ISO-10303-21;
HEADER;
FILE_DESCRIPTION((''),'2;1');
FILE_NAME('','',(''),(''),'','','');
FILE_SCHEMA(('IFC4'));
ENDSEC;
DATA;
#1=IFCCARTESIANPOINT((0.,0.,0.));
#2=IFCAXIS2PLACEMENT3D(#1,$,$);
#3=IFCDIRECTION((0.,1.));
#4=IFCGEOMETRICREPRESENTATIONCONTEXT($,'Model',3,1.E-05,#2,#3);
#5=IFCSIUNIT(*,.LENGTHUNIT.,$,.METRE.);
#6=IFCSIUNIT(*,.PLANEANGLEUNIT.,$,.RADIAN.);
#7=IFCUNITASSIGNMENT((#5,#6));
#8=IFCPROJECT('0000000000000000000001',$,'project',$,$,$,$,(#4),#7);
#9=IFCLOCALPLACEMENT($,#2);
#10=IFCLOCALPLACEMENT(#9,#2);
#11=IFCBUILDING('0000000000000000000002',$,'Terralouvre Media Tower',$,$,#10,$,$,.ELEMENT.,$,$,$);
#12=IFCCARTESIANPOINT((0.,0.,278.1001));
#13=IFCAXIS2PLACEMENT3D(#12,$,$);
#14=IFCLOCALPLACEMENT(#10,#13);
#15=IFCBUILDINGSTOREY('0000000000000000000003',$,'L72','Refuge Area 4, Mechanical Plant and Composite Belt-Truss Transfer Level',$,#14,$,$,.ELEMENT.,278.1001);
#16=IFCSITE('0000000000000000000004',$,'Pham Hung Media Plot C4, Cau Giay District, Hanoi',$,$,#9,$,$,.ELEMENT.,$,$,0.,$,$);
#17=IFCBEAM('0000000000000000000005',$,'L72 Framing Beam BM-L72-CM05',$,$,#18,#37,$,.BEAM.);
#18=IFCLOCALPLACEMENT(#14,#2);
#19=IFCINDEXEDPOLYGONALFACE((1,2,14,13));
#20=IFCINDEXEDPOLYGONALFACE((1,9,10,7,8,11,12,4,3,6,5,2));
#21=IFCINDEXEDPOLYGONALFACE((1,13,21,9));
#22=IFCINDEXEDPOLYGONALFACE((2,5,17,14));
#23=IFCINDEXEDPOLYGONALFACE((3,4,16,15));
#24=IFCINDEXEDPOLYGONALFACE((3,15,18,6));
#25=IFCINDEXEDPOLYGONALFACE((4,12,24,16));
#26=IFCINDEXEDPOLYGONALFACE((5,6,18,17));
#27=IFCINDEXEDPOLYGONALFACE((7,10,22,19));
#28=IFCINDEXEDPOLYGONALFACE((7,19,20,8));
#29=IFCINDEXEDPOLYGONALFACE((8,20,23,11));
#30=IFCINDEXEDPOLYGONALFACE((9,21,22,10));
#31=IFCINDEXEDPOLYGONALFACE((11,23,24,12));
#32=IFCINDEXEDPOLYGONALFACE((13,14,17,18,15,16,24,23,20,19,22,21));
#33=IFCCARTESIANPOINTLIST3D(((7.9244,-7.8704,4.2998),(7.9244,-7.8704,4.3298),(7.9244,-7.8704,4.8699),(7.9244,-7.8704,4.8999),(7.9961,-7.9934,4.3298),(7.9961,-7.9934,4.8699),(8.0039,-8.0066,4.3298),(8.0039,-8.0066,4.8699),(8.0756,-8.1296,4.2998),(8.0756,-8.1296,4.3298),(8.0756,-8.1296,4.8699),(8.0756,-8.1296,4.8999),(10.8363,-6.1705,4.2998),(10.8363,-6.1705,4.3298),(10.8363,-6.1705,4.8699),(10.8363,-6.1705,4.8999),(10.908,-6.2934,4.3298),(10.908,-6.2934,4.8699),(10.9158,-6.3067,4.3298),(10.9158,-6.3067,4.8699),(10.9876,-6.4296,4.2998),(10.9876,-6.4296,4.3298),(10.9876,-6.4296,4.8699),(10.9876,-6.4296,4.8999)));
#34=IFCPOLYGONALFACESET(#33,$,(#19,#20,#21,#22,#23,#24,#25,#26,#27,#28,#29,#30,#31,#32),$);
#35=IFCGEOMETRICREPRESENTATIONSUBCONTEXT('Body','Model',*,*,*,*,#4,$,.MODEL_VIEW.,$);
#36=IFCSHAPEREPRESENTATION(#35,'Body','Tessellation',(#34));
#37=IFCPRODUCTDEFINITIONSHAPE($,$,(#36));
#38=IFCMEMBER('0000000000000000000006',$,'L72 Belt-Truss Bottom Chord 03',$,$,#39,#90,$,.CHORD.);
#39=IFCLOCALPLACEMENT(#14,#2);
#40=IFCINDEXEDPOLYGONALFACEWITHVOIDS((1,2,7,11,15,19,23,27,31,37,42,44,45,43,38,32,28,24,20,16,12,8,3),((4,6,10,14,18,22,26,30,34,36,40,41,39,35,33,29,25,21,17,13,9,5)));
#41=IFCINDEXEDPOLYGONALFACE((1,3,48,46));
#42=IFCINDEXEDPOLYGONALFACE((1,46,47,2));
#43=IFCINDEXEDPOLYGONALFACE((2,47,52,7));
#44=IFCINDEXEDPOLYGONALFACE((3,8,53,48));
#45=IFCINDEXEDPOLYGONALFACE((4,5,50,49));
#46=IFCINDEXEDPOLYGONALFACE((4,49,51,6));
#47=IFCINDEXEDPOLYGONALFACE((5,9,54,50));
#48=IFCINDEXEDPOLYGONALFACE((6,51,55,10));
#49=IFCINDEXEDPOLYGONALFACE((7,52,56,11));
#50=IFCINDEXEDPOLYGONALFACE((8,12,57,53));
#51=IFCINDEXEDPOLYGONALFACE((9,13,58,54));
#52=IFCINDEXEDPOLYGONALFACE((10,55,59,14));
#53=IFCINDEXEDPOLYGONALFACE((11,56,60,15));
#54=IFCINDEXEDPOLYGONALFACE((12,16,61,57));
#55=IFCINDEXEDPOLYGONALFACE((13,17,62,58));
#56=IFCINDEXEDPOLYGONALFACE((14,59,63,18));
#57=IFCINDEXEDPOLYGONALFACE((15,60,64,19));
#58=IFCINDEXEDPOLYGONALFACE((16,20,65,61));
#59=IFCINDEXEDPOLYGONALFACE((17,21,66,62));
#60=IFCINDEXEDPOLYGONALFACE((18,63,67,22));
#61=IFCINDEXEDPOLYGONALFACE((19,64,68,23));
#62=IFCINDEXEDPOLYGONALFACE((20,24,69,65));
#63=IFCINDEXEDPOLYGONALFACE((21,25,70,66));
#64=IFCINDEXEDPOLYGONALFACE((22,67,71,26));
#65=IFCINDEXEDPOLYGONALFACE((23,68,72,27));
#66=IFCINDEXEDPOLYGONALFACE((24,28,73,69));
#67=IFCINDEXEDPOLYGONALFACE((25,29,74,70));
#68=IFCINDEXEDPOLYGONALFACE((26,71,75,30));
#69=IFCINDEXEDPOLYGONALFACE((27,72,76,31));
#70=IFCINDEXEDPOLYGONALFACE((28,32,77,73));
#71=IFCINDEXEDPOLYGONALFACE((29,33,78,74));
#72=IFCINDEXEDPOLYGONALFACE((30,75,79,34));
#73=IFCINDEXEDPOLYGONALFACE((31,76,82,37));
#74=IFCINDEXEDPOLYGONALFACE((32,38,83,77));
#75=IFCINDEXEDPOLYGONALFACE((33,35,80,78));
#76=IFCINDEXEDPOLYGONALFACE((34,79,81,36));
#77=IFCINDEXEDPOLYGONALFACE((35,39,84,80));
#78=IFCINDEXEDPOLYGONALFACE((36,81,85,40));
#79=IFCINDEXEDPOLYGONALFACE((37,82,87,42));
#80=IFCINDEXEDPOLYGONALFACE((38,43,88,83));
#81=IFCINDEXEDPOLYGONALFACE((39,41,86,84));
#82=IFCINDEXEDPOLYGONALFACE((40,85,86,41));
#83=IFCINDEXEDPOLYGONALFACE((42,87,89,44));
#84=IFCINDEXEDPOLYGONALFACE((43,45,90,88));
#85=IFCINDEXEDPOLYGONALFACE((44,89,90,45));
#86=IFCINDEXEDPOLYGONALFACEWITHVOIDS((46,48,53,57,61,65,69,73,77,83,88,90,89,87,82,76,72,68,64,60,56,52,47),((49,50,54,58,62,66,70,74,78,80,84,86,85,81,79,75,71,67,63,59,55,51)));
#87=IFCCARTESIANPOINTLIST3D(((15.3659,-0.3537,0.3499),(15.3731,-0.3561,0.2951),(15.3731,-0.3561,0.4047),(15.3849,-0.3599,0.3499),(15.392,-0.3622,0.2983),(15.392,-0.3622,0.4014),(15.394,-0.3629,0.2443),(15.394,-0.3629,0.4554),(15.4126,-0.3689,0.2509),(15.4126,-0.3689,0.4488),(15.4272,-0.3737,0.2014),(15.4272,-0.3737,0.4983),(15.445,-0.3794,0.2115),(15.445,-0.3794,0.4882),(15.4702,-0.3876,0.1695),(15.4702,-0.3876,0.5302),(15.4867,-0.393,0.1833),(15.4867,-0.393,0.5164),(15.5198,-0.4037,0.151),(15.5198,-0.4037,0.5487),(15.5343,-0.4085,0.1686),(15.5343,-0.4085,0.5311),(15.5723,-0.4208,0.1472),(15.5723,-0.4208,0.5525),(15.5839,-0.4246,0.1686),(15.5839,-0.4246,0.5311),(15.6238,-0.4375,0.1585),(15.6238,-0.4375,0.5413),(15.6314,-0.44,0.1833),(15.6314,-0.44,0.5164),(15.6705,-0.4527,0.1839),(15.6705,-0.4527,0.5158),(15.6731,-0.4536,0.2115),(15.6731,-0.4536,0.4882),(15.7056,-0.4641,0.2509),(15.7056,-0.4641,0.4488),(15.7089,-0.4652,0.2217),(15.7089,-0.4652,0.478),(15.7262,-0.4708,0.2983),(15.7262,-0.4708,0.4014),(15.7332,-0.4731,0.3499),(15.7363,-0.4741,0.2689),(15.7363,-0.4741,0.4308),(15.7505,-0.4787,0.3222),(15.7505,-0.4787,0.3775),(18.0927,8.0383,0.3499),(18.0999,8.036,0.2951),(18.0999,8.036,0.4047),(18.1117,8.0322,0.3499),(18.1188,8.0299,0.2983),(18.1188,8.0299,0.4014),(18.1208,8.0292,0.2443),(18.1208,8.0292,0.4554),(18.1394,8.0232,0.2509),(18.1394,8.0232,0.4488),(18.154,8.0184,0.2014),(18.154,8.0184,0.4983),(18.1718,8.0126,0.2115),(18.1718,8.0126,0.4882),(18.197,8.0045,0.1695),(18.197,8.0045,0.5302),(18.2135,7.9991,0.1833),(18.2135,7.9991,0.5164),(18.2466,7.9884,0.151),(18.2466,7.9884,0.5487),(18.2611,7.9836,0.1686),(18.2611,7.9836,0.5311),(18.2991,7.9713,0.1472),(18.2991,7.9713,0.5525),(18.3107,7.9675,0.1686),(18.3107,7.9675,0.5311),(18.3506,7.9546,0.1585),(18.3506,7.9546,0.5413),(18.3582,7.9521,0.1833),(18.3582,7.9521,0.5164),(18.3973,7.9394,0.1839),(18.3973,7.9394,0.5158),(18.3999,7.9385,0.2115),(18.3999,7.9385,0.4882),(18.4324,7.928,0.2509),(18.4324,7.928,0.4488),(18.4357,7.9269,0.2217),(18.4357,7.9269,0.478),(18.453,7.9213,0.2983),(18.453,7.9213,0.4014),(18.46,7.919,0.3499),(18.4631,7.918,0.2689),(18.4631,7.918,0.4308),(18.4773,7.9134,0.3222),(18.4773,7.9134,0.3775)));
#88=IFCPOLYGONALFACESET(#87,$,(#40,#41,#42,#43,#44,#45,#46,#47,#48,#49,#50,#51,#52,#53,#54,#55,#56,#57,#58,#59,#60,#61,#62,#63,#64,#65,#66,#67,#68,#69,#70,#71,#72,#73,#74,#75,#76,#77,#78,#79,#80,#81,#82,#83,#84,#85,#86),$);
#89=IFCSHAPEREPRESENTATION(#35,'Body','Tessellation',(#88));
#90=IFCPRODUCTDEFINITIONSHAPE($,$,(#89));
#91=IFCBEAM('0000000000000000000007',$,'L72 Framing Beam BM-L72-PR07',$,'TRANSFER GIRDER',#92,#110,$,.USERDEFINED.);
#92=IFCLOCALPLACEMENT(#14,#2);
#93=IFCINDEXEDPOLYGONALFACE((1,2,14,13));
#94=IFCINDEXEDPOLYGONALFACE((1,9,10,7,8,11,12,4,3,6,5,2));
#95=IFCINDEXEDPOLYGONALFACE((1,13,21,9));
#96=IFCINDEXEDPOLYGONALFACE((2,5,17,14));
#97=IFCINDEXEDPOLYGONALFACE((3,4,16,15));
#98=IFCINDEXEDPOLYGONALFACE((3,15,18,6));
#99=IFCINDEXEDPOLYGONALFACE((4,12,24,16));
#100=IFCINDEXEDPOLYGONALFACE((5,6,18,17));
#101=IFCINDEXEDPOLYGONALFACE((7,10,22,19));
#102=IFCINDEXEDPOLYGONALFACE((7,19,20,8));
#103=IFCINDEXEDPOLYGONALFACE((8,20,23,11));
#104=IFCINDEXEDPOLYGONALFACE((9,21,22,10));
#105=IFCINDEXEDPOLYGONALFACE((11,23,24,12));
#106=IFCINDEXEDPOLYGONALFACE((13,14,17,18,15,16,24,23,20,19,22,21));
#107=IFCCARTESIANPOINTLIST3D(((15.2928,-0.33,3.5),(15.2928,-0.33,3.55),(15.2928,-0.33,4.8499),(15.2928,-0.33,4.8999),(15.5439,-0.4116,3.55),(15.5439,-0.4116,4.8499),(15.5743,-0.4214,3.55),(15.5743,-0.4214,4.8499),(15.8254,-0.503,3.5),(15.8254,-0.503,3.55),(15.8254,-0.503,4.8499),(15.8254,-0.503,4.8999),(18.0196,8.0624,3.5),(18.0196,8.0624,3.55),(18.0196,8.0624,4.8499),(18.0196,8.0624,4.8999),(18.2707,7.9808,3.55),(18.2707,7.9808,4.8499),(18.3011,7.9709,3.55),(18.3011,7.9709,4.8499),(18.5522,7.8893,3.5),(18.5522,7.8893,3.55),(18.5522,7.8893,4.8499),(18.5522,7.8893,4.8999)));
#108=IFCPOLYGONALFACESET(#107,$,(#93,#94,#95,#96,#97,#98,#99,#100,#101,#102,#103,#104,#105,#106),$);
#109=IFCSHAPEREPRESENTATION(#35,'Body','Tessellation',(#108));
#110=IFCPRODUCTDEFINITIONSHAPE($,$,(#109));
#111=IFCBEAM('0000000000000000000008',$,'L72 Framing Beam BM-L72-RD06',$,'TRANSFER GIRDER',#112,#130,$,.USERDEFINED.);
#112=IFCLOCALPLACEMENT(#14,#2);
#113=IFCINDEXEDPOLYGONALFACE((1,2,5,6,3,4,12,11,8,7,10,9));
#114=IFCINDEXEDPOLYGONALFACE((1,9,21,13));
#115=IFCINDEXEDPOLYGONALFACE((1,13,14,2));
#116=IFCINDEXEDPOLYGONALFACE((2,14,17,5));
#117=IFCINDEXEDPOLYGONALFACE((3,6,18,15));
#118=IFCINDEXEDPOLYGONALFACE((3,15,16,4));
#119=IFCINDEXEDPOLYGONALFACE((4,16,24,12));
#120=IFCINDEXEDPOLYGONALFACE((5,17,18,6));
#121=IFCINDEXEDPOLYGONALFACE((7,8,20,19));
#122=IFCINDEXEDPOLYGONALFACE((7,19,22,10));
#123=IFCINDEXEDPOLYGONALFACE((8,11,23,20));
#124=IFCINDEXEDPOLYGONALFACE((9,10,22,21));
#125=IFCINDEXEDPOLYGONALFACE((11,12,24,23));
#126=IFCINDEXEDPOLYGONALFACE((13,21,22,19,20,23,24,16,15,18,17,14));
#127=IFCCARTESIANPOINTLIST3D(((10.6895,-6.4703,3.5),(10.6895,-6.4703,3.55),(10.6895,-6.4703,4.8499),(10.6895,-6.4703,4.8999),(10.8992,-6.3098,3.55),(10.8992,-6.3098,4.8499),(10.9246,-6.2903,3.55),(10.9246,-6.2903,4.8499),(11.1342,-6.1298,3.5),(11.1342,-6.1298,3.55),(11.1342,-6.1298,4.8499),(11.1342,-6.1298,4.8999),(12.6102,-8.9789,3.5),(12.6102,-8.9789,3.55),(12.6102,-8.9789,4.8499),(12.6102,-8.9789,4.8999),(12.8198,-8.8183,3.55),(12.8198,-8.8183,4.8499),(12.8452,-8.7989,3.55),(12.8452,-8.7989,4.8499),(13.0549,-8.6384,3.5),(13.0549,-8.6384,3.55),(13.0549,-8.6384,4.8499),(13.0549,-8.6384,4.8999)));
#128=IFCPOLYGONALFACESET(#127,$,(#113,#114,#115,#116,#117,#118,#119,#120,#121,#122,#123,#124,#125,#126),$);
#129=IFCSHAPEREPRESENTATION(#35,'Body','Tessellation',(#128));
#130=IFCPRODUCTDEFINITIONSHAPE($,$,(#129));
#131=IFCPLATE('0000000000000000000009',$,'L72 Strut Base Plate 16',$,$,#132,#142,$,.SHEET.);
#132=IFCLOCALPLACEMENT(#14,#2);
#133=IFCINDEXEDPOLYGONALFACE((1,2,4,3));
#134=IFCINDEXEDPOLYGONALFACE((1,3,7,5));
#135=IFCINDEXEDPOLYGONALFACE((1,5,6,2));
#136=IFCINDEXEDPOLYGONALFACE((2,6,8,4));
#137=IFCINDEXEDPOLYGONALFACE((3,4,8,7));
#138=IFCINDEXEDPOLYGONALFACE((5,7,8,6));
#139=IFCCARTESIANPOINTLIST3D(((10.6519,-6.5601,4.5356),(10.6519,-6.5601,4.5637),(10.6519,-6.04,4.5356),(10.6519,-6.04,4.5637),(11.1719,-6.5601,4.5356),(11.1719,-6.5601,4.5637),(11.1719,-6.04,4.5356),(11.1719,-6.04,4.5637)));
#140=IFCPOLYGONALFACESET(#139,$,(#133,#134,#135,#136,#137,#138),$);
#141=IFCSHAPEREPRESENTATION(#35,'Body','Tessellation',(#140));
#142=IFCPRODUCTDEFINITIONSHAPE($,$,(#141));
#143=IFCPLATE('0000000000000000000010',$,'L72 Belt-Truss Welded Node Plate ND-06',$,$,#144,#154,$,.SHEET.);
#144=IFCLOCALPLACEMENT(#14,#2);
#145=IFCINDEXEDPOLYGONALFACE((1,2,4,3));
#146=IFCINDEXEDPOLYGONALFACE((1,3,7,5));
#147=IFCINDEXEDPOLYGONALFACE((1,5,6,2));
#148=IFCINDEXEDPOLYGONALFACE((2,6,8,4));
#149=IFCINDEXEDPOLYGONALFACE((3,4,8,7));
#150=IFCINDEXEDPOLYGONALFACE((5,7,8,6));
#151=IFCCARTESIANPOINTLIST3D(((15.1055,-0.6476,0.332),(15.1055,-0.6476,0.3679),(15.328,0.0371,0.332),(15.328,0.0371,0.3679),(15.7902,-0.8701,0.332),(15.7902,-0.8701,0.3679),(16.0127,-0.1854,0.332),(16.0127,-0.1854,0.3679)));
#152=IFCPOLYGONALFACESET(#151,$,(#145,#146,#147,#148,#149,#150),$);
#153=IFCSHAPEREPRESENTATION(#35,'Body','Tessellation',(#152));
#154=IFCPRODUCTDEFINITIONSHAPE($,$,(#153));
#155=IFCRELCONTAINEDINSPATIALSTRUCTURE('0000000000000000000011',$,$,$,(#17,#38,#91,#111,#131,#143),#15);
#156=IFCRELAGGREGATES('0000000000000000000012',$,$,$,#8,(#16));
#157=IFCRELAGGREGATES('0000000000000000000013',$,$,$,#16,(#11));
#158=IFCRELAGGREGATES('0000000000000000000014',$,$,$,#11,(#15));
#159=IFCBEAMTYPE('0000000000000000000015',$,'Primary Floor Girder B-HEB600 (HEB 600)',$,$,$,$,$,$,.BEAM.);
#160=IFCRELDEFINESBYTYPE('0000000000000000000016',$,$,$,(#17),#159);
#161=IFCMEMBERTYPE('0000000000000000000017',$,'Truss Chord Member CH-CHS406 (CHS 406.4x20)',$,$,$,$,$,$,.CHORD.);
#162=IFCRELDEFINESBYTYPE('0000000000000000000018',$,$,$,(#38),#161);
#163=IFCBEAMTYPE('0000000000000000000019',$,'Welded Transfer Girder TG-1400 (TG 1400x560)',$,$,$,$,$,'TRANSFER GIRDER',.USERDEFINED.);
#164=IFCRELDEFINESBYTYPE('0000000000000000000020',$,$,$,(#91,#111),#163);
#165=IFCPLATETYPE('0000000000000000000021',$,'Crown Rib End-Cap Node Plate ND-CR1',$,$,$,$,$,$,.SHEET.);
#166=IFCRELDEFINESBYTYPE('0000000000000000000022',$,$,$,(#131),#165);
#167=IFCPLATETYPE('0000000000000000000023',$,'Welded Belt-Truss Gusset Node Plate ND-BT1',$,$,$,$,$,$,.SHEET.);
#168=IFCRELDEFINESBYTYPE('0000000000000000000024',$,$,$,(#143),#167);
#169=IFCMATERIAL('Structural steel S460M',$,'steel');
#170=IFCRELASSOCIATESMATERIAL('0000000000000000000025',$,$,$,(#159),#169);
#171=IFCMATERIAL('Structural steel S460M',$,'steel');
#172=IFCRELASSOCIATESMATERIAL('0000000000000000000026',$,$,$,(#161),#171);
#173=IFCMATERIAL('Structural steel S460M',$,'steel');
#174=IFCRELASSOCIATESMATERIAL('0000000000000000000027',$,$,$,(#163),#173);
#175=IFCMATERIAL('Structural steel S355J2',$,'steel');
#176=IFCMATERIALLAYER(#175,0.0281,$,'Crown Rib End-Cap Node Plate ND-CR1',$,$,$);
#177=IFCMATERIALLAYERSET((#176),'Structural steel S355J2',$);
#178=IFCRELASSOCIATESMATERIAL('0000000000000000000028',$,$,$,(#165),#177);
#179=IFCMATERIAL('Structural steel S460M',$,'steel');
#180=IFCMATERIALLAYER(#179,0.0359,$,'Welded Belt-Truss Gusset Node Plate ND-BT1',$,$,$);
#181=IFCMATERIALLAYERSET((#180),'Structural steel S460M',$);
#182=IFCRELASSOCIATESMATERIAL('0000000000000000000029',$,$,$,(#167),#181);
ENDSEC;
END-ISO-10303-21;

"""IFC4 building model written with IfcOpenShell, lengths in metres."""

from ifc_helpers import new_model, si_unit, direction, frame, origin, origin_2d, place, context, subcontext, project, spatial, rectangle, hollow_circle, i_section, extrude, material, layer, layer_set, material_profile, profile_set, type_object, element, save


model = new_model("IFC4")

# Units and contexts
model_context = context("Model", 3, precision=1e-05, world=origin(), true_north=direction((0.0, 1.0)))
body_context = subcontext(model_context, "Body", "Model", "MODEL_VIEW")
ifc_project = project(units=[si_unit("LENGTHUNIT", "METRE"), si_unit("PLANEANGLEUNIT", "RADIAN")], contexts=[model_context])

# Site, building, storey
site_placement = place(None, origin())
site = spatial("IfcSite", under=ifc_project, at=site_placement, Name="Pham Hung Media Plot C4, Cau Giay District, Hanoi", CompositionType="ELEMENT", RefElevation=0.0)
building_placement = place(site_placement, origin())
building = spatial("IfcBuilding", under=site, at=building_placement, Name="Terralouvre Media Tower", CompositionType="ELEMENT")
storey_placement = place(building_placement, frame((0.0, 0.0, 278.1001)))
storey = spatial("IfcBuildingStorey", under=building, at=storey_placement, Name="L72", Description="Refuge Area 4, Mechanical Plant and Composite Belt-Truss Transfer Level", CompositionType="ELEMENT", Elevation=278.1001)

# Beam
ifc_material_1 = material(Name="Structural steel S460M", Category="steel")
ifc_material_profile_1 = material_profile(ifc_material_1, i_section(OverallWidth=0.3, OverallDepth=0.6001, WebThickness=0.0154, FlangeThickness=0.03, at=origin_2d()), Name="HEB 600")
ifc_profile_set_1 = profile_set([ifc_material_profile_1], Name="Structural steel S460M")
beam_type_1 = type_object("IfcBeamType", Name="Primary Floor Girder B-HEB600 (HEB 600)", PredefinedType="BEAM", material=ifc_profile_set_1)
for number, where, z_axis, x_axis, name in (
    (1, (8.0, -8.0, 4.5999), (0.863603, 0.504173, 0.0), (-0.504173, 0.863603, 0.0), "L72 Framing Beam BM-L72-CM05"),
):
    element("IfcBeam", number, at=place(storey_placement, frame(where, z_axis=z_axis, x_axis=x_axis)), inside=storey, type_object=beam_type_1, Name=name, PredefinedType="BEAM", context=body_context, shape_type="SweptSolid", body=[
        extrude(i_section(OverallWidth=0.3, OverallDepth=0.6001, WebThickness=0.0154, FlangeThickness=0.03, at=origin_2d()), origin(), (0.0, 0.0, 1.0), 3.3718),
    ])

# Member
ifc_material_2 = material(Name="Structural steel S460M", Category="steel")
ifc_material_profile_2 = material_profile(ifc_material_2, hollow_circle(Radius=0.2031, WallThickness=0.02, at=origin_2d()), Name="CHS 406.4x20")
ifc_profile_set_2 = profile_set([ifc_material_profile_2], Name="Structural steel S460M")
member_type_1 = type_object("IfcMemberType", Name="Truss Chord Member CH-CHS406 (CHS 406.4x20)", PredefinedType="CHORD", material=ifc_profile_set_2)
member_1_placement = place(storey_placement, frame((15.5591, -0.4165, 0.3499), z_axis=(0.309022, 0.951055, 0.0), x_axis=(-0.951055, 0.309022, 0.0)))
element("IfcMember", 2, at=member_1_placement, inside=storey, type_object=member_type_1, Name="L72 Belt-Truss Bottom Chord 03", PredefinedType="CHORD", context=body_context, shape_type="SweptSolid", body=[
    extrude(hollow_circle(Radius=0.2031, WallThickness=0.02, at=origin_2d()), origin(), (0.0, 0.0, 1.0), 8.824),
])

# Beams
ifc_material_3 = material(Name="Structural steel S460M", Category="steel")
ifc_material_profile_3 = material_profile(ifc_material_3, i_section(OverallWidth=0.5601, OverallDepth=1.3999, WebThickness=0.032, FlangeThickness=0.05, at=origin_2d()), Name="TG 1400x560")
ifc_profile_set_3 = profile_set([ifc_material_profile_3], Name="Structural steel S460M")
beam_type_2 = type_object("IfcBeamType", Name="Welded Transfer Girder TG-1400 (TG 1400x560)", ElementType="TRANSFER GIRDER", PredefinedType="USERDEFINED", material=ifc_profile_set_3)
beam_1_placement = place(storey_placement, frame((15.5591, -0.4165, 4.2), z_axis=(0.309014, 0.951057, 0.0), x_axis=(-0.951057, 0.309014, 0.0)))
element("IfcBeam", 3, at=beam_1_placement, inside=storey, type_object=beam_type_2, Name="L72 Framing Beam BM-L72-PR07", ObjectType="TRANSFER GIRDER", PredefinedType="USERDEFINED", context=body_context, shape_type="SweptSolid", body=[
    extrude(i_section(OverallWidth=0.5601, OverallDepth=1.3999, WebThickness=0.032, FlangeThickness=0.05, at=origin_2d()), origin(), (0.0, 0.0, 1.0), 8.8242),
])
beam_2_placement = place(storey_placement, frame((10.9119, -6.3, 4.2), z_axis=(0.60792, -0.793998, 0.0), x_axis=(0.793998, 0.60792, 0.0)))
element("IfcBeam", 4, at=beam_2_placement, inside=storey, type_object=beam_type_2, Name="L72 Framing Beam BM-L72-RD06", ObjectType="TRANSFER GIRDER", PredefinedType="USERDEFINED", context=body_context, shape_type="SweptSolid", body=[
    extrude(i_section(OverallWidth=0.5601, OverallDepth=1.3999, WebThickness=0.032, FlangeThickness=0.05, at=origin_2d()), origin(), (0.0, 0.0, 1.0), 3.1594),
])

# Plates
ifc_material_4 = material(Name="Structural steel S355J2", Category="steel")
ifc_layer_1 = layer(ifc_material_4, 0.0281, Name="Crown Rib End-Cap Node Plate ND-CR1")
ifc_layer_set_1 = layer_set([ifc_layer_1], Name="Structural steel S355J2")
plate_type_1 = type_object("IfcPlateType", Name="Crown Rib End-Cap Node Plate ND-CR1", PredefinedType="SHEET", material=ifc_layer_set_1)
plate_1_placement = place(storey_placement, frame((10.9119, -6.3, 4.5356), z_axis=(0.0, 0.0, 1.0), x_axis=(1.0, 0.0, 0.0)))
element("IfcPlate", 5, at=plate_1_placement, inside=storey, type_object=plate_type_1, Name="L72 Strut Base Plate 16", PredefinedType="SHEET", context=body_context, shape_type="SweptSolid", body=[
    extrude(rectangle(XDim=0.52, YDim=0.52, at=origin_2d()), origin(), (0.0, 0.0, 1.0), 0.0281),
])
ifc_material_5 = material(Name="Structural steel S460M", Category="steel")
ifc_layer_2 = layer(ifc_material_5, 0.0359, Name="Welded Belt-Truss Gusset Node Plate ND-BT1")
ifc_layer_set_2 = layer_set([ifc_layer_2], Name="Structural steel S460M")
plate_type_2 = type_object("IfcPlateType", Name="Welded Belt-Truss Gusset Node Plate ND-BT1", PredefinedType="SHEET", material=ifc_layer_set_2)
plate_2_placement = place(storey_placement, frame((15.5591, -0.4165, 0.332), z_axis=(0.0, 0.0, 1.0), x_axis=(0.309017, 0.951057, 0.0)))
element("IfcPlate", 6, at=plate_2_placement, inside=storey, type_object=plate_type_2, Name="L72 Belt-Truss Welded Node Plate ND-06", PredefinedType="SHEET", context=body_context, shape_type="SweptSolid", body=[
    extrude(rectangle(XDim=0.72, YDim=0.72, at=origin_2d()), origin(), (0.0, 0.0, 1.0), 0.0359),
])

save(model, "model.ifc")
